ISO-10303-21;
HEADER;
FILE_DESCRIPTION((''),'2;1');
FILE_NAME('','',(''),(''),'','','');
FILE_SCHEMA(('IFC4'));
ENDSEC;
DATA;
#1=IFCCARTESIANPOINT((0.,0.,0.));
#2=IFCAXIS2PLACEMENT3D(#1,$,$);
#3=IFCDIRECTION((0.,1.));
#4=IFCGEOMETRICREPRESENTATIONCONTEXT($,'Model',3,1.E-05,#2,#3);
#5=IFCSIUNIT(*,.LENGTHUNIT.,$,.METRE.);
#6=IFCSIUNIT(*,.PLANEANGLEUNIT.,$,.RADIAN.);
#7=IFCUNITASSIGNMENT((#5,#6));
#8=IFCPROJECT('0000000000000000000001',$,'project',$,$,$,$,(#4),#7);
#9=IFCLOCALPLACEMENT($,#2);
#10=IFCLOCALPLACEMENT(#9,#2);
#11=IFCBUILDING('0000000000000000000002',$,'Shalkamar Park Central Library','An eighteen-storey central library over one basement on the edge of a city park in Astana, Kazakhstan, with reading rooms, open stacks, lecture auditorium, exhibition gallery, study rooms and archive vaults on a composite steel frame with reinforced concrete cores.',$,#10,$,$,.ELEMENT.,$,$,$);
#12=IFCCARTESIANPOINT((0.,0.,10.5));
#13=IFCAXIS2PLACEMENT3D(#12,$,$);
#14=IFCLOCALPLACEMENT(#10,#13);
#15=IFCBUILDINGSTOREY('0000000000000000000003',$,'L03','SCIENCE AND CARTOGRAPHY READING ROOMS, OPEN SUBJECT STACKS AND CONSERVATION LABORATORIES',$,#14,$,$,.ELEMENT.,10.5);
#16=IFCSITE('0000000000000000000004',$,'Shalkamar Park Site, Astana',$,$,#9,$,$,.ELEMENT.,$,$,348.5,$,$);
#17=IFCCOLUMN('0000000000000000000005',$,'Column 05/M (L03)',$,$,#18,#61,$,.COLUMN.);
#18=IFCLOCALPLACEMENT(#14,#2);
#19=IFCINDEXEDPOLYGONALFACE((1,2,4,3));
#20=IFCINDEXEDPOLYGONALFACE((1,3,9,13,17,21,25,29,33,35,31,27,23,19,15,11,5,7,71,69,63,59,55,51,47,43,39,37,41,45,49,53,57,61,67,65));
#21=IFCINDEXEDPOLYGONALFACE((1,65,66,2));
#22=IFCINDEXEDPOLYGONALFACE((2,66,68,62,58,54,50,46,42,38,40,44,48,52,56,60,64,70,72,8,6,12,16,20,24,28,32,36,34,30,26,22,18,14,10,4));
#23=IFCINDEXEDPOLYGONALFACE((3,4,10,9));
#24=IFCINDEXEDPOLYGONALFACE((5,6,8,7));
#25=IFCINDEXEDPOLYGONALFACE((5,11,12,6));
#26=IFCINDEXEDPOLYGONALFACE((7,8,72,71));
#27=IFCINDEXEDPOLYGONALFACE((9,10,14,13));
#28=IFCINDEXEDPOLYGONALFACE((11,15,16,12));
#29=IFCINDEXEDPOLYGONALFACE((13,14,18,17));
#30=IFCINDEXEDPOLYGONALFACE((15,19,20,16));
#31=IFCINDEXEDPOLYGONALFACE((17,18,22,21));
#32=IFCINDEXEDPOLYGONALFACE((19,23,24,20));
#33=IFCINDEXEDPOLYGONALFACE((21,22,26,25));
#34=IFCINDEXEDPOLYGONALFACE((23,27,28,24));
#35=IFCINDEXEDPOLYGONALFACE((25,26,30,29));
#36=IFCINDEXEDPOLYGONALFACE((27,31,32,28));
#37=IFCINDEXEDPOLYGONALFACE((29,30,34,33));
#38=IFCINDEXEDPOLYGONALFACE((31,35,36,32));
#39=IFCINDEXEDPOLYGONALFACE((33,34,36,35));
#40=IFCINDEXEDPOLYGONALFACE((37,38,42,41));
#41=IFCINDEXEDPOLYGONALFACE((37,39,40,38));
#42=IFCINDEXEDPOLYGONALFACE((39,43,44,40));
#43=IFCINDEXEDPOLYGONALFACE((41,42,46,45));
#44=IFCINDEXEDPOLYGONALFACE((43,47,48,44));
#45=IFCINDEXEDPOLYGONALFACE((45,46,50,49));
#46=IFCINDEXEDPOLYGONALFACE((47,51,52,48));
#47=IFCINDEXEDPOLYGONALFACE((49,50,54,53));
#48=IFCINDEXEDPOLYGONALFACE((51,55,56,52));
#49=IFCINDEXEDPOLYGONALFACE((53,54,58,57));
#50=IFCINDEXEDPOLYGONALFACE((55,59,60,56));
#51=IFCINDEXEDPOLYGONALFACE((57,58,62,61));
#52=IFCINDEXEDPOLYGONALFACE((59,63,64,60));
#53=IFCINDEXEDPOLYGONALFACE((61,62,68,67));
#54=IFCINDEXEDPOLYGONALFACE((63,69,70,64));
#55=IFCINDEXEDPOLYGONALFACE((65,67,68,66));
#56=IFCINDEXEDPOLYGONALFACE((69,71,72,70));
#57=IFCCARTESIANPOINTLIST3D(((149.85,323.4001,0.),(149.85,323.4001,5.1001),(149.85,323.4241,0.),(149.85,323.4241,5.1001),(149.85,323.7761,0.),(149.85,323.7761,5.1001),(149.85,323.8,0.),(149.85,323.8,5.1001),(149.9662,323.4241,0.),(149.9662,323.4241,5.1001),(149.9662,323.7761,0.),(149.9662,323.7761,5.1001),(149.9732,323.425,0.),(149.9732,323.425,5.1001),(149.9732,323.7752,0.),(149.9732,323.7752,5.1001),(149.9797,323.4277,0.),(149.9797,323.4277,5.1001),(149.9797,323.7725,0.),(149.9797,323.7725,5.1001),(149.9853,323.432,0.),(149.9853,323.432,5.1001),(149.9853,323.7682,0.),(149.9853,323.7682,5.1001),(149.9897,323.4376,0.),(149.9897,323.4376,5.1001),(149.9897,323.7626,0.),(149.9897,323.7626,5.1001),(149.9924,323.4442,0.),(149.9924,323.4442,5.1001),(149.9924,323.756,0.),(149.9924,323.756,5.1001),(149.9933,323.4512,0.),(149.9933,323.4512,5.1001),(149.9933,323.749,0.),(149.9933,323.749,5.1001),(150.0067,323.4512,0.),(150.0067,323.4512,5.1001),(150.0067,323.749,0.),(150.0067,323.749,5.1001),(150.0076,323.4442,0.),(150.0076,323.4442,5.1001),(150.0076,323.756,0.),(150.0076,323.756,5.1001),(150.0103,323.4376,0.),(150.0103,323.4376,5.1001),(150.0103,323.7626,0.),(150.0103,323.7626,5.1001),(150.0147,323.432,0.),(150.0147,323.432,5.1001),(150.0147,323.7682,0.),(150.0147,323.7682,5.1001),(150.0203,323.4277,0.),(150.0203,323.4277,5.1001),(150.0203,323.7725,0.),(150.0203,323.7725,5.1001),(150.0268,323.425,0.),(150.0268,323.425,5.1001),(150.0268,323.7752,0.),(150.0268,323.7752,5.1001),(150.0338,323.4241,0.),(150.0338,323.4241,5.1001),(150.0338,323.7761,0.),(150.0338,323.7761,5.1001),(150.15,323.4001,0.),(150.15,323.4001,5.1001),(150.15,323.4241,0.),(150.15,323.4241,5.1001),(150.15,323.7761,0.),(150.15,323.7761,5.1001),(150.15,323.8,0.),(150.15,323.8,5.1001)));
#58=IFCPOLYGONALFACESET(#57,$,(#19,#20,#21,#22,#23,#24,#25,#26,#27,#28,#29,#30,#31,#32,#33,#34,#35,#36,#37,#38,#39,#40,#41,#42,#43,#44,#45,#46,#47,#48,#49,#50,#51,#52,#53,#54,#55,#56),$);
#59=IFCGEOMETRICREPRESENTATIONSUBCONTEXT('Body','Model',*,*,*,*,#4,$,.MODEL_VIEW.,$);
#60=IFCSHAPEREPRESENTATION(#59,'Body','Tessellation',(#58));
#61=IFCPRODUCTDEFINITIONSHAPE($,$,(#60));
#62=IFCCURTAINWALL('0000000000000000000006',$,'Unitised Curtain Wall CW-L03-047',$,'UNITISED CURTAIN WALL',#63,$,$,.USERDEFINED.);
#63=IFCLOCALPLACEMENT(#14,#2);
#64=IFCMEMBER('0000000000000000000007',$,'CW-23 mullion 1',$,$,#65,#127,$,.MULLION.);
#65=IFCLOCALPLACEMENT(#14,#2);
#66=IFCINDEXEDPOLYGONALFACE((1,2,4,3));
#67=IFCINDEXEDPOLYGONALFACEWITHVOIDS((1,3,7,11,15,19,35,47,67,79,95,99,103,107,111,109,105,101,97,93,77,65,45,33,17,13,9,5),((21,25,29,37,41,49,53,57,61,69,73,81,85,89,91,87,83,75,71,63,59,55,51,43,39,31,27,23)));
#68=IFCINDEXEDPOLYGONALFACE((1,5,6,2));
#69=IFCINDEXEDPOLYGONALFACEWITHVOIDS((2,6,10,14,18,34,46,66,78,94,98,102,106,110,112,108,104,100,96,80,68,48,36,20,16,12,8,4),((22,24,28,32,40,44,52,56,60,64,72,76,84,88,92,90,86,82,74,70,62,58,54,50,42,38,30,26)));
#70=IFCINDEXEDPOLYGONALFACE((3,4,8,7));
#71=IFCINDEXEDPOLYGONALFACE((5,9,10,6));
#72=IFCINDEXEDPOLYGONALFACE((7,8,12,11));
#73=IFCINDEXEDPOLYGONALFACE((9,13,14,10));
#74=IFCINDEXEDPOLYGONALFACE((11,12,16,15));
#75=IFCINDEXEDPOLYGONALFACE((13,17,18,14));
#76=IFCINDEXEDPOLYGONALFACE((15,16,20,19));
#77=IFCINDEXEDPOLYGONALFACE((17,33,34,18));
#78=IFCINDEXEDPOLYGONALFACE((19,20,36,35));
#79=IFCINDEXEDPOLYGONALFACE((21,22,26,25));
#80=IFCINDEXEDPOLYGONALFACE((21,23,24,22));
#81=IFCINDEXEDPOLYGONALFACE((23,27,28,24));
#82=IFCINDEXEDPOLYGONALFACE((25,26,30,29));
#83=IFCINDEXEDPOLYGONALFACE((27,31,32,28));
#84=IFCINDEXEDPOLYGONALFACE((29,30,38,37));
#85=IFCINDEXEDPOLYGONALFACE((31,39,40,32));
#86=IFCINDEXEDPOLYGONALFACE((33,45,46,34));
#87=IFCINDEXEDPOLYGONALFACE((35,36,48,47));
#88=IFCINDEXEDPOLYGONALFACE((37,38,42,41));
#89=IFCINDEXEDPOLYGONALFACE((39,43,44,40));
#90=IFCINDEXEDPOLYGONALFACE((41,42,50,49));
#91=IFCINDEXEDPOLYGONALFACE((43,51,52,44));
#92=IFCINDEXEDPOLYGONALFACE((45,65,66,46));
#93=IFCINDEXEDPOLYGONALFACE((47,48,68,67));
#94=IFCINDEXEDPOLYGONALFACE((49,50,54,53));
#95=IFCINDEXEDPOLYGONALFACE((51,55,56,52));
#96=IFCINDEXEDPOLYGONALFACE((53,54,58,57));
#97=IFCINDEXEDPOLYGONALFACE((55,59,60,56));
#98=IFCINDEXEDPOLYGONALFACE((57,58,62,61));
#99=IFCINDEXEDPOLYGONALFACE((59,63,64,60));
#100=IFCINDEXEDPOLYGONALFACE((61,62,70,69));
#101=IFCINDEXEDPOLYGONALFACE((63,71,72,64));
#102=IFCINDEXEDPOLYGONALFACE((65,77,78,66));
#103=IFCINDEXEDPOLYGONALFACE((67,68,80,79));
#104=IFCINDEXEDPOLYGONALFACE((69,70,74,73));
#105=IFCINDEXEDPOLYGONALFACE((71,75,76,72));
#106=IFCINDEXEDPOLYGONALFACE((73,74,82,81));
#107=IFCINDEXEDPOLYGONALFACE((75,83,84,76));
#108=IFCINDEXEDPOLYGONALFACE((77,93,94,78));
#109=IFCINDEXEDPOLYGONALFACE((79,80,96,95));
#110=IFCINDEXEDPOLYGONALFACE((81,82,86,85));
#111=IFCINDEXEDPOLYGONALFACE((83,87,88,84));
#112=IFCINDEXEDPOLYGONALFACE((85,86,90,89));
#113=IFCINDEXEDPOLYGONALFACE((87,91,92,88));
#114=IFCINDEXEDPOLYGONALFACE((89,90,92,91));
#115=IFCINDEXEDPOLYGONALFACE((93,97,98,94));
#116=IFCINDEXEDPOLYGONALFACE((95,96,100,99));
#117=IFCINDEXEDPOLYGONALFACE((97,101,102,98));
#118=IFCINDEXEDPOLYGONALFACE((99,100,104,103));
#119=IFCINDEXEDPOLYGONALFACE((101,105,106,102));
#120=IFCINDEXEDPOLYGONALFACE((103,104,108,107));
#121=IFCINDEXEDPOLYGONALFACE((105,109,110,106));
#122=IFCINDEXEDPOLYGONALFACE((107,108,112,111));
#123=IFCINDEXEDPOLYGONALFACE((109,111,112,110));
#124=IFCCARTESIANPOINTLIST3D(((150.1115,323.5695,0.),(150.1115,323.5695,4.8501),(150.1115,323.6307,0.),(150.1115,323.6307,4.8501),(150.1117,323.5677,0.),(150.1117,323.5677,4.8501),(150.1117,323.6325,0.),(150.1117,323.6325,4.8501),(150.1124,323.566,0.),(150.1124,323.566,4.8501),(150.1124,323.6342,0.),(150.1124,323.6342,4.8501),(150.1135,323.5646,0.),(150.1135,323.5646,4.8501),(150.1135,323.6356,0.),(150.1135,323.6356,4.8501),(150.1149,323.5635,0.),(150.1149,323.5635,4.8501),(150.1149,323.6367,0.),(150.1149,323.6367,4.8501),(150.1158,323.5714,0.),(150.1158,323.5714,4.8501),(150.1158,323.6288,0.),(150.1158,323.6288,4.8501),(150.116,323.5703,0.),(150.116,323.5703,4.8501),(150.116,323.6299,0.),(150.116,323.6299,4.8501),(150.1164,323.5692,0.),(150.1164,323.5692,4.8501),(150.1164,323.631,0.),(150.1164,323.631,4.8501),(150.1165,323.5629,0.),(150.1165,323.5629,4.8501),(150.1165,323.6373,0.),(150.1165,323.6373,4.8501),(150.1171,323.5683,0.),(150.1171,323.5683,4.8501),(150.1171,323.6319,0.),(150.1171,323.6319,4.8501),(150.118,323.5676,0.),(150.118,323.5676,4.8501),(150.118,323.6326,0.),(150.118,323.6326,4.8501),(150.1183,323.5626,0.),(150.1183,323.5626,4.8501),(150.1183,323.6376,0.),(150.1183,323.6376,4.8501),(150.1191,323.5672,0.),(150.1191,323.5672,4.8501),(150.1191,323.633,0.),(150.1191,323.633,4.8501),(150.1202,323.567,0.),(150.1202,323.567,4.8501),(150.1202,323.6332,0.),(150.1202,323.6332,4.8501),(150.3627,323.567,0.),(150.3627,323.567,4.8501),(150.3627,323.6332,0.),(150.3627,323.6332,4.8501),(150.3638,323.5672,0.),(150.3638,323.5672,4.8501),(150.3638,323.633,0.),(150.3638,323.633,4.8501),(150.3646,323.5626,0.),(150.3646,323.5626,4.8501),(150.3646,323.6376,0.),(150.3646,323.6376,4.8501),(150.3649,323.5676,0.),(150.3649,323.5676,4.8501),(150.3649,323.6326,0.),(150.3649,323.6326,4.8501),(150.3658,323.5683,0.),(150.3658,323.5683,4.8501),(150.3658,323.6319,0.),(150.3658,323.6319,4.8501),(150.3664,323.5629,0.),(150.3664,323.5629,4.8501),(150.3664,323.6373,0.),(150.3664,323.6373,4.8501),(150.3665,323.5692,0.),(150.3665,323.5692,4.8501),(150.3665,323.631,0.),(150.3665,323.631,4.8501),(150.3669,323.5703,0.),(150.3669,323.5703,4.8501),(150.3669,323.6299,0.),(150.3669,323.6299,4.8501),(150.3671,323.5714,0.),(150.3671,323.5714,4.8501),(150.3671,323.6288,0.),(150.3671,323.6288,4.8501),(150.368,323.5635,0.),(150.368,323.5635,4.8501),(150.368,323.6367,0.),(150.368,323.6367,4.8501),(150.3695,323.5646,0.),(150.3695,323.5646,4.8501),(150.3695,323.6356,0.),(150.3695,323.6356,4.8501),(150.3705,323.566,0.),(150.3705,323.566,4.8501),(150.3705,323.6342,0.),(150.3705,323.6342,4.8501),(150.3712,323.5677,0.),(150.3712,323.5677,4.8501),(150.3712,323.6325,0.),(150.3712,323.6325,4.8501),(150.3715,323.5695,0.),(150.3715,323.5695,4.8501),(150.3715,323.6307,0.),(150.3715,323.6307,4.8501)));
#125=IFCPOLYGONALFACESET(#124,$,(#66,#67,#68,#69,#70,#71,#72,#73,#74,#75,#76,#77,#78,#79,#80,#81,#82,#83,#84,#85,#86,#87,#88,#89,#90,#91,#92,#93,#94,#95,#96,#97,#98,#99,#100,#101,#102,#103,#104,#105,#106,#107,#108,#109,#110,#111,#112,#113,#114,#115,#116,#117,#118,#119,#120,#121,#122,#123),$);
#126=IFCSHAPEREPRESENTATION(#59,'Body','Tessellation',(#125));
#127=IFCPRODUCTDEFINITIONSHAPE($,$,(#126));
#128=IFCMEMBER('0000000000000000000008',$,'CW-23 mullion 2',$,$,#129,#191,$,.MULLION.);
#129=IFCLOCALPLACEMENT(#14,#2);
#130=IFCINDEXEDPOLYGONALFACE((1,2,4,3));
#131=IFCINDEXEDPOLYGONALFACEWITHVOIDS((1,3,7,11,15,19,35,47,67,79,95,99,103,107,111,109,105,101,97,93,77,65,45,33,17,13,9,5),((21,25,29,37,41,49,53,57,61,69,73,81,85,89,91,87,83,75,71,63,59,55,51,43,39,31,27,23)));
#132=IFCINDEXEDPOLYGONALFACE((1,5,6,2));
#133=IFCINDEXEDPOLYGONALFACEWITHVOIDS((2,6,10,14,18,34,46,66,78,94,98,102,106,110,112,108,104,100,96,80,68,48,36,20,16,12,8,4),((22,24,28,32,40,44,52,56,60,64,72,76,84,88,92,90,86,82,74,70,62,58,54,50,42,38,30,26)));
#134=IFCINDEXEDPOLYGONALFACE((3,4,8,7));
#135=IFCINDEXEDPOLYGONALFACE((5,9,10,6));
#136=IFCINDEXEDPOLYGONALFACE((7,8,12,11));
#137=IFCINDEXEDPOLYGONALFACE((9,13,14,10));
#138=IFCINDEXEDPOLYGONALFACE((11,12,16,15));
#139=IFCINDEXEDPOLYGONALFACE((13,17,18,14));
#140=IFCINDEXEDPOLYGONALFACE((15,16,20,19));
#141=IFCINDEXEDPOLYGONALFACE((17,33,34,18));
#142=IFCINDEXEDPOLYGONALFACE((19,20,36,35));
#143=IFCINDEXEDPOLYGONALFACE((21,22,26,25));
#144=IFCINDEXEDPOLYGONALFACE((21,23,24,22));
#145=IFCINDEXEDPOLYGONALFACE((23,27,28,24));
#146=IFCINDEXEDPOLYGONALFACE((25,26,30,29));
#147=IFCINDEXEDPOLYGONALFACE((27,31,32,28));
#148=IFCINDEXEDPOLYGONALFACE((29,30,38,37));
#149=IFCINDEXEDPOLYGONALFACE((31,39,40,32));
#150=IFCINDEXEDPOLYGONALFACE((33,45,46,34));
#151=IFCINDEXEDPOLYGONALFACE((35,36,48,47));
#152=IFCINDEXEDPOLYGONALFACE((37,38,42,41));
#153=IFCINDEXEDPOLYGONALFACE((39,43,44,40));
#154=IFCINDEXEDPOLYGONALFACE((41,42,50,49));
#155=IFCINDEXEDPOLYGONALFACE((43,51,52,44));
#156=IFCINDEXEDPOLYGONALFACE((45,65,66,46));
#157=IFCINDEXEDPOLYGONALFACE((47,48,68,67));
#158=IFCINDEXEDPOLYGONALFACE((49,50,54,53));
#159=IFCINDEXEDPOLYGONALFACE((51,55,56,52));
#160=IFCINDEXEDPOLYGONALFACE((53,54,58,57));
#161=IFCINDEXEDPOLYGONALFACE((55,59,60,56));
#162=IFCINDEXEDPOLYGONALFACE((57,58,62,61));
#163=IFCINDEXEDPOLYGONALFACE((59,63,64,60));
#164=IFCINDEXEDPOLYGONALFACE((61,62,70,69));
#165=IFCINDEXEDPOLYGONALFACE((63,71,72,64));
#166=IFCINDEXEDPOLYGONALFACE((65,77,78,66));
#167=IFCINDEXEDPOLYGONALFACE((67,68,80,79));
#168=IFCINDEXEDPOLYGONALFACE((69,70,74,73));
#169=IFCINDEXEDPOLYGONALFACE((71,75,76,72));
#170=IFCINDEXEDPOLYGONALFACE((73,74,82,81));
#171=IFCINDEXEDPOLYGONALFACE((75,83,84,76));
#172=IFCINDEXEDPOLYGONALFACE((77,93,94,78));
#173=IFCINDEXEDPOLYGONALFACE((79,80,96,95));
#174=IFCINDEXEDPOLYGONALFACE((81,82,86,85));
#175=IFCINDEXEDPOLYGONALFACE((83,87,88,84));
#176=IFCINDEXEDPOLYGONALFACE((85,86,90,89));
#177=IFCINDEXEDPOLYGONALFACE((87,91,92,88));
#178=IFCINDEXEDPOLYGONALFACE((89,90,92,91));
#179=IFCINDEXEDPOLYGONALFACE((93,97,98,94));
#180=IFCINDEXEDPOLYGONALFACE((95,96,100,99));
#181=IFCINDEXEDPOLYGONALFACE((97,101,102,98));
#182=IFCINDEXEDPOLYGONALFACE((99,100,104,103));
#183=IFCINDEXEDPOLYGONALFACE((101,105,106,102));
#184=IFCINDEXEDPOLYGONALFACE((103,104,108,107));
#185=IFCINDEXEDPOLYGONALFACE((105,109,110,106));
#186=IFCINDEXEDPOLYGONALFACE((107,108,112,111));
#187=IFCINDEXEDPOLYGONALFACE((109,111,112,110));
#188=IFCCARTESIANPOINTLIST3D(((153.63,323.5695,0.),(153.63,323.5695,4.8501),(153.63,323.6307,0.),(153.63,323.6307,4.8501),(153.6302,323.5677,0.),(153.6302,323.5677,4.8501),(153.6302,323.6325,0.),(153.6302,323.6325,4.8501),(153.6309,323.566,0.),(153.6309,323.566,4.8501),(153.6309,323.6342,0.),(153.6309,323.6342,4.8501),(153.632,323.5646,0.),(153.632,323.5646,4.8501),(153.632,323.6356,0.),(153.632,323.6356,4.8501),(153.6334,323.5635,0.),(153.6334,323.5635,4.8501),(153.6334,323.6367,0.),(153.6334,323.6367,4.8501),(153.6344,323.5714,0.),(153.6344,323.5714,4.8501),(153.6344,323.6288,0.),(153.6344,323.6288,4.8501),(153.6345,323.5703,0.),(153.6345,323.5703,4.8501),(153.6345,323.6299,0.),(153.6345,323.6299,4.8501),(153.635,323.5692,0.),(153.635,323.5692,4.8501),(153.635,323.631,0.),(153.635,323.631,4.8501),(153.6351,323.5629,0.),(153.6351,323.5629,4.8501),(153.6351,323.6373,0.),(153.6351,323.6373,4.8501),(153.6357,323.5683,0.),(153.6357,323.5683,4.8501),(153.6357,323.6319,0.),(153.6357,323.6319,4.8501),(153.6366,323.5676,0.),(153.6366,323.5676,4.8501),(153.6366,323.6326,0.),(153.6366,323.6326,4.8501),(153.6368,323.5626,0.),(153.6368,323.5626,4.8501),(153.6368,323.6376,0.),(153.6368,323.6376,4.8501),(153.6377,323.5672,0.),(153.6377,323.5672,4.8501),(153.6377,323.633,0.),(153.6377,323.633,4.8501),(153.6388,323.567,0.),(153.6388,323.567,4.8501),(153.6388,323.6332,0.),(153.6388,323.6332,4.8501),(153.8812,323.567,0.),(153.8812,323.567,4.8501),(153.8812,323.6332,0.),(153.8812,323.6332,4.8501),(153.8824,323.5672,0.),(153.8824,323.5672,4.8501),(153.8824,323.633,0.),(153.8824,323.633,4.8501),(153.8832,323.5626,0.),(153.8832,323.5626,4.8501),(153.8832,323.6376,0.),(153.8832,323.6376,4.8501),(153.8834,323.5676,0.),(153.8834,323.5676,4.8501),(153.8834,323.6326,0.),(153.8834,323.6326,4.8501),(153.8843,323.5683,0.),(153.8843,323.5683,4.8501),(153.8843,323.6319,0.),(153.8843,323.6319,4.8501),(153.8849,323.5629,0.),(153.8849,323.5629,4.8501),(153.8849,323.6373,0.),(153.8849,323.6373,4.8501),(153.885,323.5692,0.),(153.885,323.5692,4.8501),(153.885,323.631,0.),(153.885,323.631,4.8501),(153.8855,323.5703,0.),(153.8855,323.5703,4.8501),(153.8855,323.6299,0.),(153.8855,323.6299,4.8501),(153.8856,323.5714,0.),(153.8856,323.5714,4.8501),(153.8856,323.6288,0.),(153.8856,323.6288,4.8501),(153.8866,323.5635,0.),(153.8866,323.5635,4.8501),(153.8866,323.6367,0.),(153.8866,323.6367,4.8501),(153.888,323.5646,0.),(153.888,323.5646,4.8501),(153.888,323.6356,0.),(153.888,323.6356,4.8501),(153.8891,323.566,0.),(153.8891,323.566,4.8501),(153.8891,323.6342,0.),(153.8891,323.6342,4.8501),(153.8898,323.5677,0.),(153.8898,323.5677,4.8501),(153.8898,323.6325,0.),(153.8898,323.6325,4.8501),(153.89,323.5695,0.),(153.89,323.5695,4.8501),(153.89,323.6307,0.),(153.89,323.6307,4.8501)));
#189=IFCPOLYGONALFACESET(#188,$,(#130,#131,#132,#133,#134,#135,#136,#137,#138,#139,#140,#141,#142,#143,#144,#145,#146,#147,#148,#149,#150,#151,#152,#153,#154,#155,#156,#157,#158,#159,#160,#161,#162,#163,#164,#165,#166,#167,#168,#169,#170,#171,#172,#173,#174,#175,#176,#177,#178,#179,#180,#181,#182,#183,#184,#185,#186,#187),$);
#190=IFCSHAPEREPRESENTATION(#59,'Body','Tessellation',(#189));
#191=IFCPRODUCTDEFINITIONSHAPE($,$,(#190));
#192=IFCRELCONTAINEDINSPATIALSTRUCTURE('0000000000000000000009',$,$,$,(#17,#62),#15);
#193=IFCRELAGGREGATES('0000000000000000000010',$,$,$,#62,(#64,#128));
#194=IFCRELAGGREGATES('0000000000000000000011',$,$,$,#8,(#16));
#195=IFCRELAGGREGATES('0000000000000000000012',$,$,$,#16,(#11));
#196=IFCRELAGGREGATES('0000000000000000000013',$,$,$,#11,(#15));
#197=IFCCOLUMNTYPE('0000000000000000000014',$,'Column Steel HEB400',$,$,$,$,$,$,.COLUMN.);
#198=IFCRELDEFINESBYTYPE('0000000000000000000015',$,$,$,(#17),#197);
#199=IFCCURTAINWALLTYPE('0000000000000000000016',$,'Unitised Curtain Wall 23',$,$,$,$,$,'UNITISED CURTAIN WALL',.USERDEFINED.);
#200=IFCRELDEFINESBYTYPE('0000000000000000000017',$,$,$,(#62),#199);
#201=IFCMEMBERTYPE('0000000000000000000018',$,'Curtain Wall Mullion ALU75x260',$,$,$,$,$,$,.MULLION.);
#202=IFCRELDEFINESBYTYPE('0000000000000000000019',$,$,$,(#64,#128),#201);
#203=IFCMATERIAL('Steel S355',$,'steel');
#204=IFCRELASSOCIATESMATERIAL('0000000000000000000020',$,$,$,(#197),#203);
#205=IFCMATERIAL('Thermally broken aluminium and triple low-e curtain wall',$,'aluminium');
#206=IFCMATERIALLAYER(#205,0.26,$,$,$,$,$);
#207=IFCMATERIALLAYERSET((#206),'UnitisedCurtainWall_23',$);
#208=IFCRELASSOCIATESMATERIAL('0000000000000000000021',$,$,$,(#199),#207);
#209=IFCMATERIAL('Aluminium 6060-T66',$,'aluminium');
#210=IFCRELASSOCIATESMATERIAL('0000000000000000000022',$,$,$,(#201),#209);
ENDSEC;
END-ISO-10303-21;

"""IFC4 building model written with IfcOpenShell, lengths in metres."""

from ifc_helpers import new_model, si_unit, direction, frame, origin, origin_2d, place, context, subcontext, project, spatial, hollow_rectangle, i_section, extrude, material, layer, layer_set, material_profile, profile_set, type_object, element, aggregate, save


model = new_model("IFC4")

# Units and contexts
model_context = context("Model", 3, precision=1e-05, world=origin(), true_north=direction((0.0, 1.0)))
body_context = subcontext(model_context, "Body", "Model", "MODEL_VIEW")
ifc_project = project(units=[si_unit("LENGTHUNIT", "METRE"), si_unit("PLANEANGLEUNIT", "RADIAN")], contexts=[model_context])

# Site, building, storey
site_placement = place(None, origin())
site = spatial("IfcSite", under=ifc_project, at=site_placement, Name="Shalkamar Park Site, Astana", CompositionType="ELEMENT", RefElevation=348.5)
building_placement = place(site_placement, origin())
building = spatial("IfcBuilding", under=site, at=building_placement, Name="Shalkamar Park Central Library", Description="An eighteen-storey central library over one basement on the edge of a city park in Astana, Kazakhstan, with reading rooms, open stacks, lecture auditorium, exhibition gallery, study rooms and archive vaults on a composite steel frame with reinforced concrete cores.", CompositionType="ELEMENT")
storey_placement = place(building_placement, frame((0.0, 0.0, 10.5)))
storey = spatial("IfcBuildingStorey", under=building, at=storey_placement, Name="L03", Description="SCIENCE AND CARTOGRAPHY READING ROOMS, OPEN SUBJECT STACKS AND CONSERVATION LABORATORIES", CompositionType="ELEMENT", Elevation=10.5)

# Column
ifc_material_1 = material(Name="Steel S355", Category="steel")
ifc_material_profile_1 = material_profile(ifc_material_1, i_section(OverallWidth=0.3, OverallDepth=0.3999, WebThickness=0.0134, FlangeThickness=0.0239, FilletRadius=0.0271, at=origin_2d()), Name="HEB 400")
ifc_profile_set_1 = profile_set([ifc_material_profile_1], Name="Steel S355")
column_type = type_object("IfcColumnType", Name="Column Steel HEB400", PredefinedType="COLUMN", material=ifc_profile_set_1)
column_placement = place(storey_placement, frame((150.0, 323.6001, 0.0), z_axis=(0.0, 0.0, 1.0), x_axis=(1.0, 0.0, 0.0)))
element("IfcColumn", 1, at=column_placement, inside=storey, type_object=column_type, Name="Column 05/M (L03)", PredefinedType="COLUMN", context=body_context, shape_type="SweptSolid", body=[
    extrude(i_section(OverallWidth=0.3, OverallDepth=0.3999, WebThickness=0.0134, FlangeThickness=0.0239, FilletRadius=0.0271, at=origin_2d()), origin(), (0.0, 0.0, 1.0), 5.1001),
])

# Curtain wall, members
ifc_material_2 = material(Name="Thermally broken aluminium and triple low-e curtain wall", Category="aluminium")
ifc_layer_1 = layer(ifc_material_2, 0.26)
ifc_layer_set_1 = layer_set([ifc_layer_1], Name="UnitisedCurtainWall_23")
curtain_wall_type_1 = type_object("IfcCurtainWallType", Name="Unitised Curtain Wall 23", ElementType="UNITISED CURTAIN WALL", PredefinedType="USERDEFINED", material=ifc_layer_set_1)
curtain_wall_1_placement = place(storey_placement, origin())
curtain_wall_1 = element("IfcCurtainWall", 2, at=curtain_wall_1_placement, inside=storey, type_object=curtain_wall_type_1, Name="Unitised Curtain Wall CW-L03-047", ObjectType="UNITISED CURTAIN WALL", PredefinedType="USERDEFINED")
ifc_material_3 = material(Name="Aluminium 6060-T66", Category="aluminium")
ifc_material_profile_2 = material_profile(ifc_material_3, hollow_rectangle(XDim=0.075, YDim=0.26, WallThickness=0.0044, InnerFilletRadius=0.0044, OuterFilletRadius=0.0068, at=origin_2d()), Name="ALU 75x260x4.5")
ifc_profile_set_2 = profile_set([ifc_material_profile_2], Name="Aluminium 6060-T66")
member_type_1 = type_object("IfcMemberType", Name="Curtain Wall Mullion ALU75x260", PredefinedType="MULLION", material=ifc_profile_set_2)
member_1_placement = place(storey_placement, frame((150.2415, 323.6001, 0.0), z_axis=(0.0, 0.0, 1.0), x_axis=(0.0, 1.0, 0.0)))
member_1 = element("IfcMember", 3, at=member_1_placement, type_object=member_type_1, Name="CW-23 mullion 1", PredefinedType="MULLION", context=body_context, shape_type="SweptSolid", body=[
    extrude(hollow_rectangle(XDim=0.075, YDim=0.26, WallThickness=0.0044, InnerFilletRadius=0.0044, OuterFilletRadius=0.0068, at=origin_2d()), origin(), (0.0, 0.0, 1.0), 4.8501),
])
member_2_placement = place(storey_placement, frame((153.76, 323.6001, 0.0), z_axis=(0.0, 0.0, 1.0), x_axis=(0.0, 1.0, 0.0)))
member_2 = element("IfcMember", 4, at=member_2_placement, type_object=member_type_1, Name="CW-23 mullion 2", PredefinedType="MULLION", context=body_context, shape_type="SweptSolid", body=[
    extrude(hollow_rectangle(XDim=0.075, YDim=0.26, WallThickness=0.0044, InnerFilletRadius=0.0044, OuterFilletRadius=0.0068, at=origin_2d()), origin(), (0.0, 0.0, 1.0), 4.8501),
])

aggregate(curtain_wall_1, [member_1, member_2])

save(model, "model.ifc")
